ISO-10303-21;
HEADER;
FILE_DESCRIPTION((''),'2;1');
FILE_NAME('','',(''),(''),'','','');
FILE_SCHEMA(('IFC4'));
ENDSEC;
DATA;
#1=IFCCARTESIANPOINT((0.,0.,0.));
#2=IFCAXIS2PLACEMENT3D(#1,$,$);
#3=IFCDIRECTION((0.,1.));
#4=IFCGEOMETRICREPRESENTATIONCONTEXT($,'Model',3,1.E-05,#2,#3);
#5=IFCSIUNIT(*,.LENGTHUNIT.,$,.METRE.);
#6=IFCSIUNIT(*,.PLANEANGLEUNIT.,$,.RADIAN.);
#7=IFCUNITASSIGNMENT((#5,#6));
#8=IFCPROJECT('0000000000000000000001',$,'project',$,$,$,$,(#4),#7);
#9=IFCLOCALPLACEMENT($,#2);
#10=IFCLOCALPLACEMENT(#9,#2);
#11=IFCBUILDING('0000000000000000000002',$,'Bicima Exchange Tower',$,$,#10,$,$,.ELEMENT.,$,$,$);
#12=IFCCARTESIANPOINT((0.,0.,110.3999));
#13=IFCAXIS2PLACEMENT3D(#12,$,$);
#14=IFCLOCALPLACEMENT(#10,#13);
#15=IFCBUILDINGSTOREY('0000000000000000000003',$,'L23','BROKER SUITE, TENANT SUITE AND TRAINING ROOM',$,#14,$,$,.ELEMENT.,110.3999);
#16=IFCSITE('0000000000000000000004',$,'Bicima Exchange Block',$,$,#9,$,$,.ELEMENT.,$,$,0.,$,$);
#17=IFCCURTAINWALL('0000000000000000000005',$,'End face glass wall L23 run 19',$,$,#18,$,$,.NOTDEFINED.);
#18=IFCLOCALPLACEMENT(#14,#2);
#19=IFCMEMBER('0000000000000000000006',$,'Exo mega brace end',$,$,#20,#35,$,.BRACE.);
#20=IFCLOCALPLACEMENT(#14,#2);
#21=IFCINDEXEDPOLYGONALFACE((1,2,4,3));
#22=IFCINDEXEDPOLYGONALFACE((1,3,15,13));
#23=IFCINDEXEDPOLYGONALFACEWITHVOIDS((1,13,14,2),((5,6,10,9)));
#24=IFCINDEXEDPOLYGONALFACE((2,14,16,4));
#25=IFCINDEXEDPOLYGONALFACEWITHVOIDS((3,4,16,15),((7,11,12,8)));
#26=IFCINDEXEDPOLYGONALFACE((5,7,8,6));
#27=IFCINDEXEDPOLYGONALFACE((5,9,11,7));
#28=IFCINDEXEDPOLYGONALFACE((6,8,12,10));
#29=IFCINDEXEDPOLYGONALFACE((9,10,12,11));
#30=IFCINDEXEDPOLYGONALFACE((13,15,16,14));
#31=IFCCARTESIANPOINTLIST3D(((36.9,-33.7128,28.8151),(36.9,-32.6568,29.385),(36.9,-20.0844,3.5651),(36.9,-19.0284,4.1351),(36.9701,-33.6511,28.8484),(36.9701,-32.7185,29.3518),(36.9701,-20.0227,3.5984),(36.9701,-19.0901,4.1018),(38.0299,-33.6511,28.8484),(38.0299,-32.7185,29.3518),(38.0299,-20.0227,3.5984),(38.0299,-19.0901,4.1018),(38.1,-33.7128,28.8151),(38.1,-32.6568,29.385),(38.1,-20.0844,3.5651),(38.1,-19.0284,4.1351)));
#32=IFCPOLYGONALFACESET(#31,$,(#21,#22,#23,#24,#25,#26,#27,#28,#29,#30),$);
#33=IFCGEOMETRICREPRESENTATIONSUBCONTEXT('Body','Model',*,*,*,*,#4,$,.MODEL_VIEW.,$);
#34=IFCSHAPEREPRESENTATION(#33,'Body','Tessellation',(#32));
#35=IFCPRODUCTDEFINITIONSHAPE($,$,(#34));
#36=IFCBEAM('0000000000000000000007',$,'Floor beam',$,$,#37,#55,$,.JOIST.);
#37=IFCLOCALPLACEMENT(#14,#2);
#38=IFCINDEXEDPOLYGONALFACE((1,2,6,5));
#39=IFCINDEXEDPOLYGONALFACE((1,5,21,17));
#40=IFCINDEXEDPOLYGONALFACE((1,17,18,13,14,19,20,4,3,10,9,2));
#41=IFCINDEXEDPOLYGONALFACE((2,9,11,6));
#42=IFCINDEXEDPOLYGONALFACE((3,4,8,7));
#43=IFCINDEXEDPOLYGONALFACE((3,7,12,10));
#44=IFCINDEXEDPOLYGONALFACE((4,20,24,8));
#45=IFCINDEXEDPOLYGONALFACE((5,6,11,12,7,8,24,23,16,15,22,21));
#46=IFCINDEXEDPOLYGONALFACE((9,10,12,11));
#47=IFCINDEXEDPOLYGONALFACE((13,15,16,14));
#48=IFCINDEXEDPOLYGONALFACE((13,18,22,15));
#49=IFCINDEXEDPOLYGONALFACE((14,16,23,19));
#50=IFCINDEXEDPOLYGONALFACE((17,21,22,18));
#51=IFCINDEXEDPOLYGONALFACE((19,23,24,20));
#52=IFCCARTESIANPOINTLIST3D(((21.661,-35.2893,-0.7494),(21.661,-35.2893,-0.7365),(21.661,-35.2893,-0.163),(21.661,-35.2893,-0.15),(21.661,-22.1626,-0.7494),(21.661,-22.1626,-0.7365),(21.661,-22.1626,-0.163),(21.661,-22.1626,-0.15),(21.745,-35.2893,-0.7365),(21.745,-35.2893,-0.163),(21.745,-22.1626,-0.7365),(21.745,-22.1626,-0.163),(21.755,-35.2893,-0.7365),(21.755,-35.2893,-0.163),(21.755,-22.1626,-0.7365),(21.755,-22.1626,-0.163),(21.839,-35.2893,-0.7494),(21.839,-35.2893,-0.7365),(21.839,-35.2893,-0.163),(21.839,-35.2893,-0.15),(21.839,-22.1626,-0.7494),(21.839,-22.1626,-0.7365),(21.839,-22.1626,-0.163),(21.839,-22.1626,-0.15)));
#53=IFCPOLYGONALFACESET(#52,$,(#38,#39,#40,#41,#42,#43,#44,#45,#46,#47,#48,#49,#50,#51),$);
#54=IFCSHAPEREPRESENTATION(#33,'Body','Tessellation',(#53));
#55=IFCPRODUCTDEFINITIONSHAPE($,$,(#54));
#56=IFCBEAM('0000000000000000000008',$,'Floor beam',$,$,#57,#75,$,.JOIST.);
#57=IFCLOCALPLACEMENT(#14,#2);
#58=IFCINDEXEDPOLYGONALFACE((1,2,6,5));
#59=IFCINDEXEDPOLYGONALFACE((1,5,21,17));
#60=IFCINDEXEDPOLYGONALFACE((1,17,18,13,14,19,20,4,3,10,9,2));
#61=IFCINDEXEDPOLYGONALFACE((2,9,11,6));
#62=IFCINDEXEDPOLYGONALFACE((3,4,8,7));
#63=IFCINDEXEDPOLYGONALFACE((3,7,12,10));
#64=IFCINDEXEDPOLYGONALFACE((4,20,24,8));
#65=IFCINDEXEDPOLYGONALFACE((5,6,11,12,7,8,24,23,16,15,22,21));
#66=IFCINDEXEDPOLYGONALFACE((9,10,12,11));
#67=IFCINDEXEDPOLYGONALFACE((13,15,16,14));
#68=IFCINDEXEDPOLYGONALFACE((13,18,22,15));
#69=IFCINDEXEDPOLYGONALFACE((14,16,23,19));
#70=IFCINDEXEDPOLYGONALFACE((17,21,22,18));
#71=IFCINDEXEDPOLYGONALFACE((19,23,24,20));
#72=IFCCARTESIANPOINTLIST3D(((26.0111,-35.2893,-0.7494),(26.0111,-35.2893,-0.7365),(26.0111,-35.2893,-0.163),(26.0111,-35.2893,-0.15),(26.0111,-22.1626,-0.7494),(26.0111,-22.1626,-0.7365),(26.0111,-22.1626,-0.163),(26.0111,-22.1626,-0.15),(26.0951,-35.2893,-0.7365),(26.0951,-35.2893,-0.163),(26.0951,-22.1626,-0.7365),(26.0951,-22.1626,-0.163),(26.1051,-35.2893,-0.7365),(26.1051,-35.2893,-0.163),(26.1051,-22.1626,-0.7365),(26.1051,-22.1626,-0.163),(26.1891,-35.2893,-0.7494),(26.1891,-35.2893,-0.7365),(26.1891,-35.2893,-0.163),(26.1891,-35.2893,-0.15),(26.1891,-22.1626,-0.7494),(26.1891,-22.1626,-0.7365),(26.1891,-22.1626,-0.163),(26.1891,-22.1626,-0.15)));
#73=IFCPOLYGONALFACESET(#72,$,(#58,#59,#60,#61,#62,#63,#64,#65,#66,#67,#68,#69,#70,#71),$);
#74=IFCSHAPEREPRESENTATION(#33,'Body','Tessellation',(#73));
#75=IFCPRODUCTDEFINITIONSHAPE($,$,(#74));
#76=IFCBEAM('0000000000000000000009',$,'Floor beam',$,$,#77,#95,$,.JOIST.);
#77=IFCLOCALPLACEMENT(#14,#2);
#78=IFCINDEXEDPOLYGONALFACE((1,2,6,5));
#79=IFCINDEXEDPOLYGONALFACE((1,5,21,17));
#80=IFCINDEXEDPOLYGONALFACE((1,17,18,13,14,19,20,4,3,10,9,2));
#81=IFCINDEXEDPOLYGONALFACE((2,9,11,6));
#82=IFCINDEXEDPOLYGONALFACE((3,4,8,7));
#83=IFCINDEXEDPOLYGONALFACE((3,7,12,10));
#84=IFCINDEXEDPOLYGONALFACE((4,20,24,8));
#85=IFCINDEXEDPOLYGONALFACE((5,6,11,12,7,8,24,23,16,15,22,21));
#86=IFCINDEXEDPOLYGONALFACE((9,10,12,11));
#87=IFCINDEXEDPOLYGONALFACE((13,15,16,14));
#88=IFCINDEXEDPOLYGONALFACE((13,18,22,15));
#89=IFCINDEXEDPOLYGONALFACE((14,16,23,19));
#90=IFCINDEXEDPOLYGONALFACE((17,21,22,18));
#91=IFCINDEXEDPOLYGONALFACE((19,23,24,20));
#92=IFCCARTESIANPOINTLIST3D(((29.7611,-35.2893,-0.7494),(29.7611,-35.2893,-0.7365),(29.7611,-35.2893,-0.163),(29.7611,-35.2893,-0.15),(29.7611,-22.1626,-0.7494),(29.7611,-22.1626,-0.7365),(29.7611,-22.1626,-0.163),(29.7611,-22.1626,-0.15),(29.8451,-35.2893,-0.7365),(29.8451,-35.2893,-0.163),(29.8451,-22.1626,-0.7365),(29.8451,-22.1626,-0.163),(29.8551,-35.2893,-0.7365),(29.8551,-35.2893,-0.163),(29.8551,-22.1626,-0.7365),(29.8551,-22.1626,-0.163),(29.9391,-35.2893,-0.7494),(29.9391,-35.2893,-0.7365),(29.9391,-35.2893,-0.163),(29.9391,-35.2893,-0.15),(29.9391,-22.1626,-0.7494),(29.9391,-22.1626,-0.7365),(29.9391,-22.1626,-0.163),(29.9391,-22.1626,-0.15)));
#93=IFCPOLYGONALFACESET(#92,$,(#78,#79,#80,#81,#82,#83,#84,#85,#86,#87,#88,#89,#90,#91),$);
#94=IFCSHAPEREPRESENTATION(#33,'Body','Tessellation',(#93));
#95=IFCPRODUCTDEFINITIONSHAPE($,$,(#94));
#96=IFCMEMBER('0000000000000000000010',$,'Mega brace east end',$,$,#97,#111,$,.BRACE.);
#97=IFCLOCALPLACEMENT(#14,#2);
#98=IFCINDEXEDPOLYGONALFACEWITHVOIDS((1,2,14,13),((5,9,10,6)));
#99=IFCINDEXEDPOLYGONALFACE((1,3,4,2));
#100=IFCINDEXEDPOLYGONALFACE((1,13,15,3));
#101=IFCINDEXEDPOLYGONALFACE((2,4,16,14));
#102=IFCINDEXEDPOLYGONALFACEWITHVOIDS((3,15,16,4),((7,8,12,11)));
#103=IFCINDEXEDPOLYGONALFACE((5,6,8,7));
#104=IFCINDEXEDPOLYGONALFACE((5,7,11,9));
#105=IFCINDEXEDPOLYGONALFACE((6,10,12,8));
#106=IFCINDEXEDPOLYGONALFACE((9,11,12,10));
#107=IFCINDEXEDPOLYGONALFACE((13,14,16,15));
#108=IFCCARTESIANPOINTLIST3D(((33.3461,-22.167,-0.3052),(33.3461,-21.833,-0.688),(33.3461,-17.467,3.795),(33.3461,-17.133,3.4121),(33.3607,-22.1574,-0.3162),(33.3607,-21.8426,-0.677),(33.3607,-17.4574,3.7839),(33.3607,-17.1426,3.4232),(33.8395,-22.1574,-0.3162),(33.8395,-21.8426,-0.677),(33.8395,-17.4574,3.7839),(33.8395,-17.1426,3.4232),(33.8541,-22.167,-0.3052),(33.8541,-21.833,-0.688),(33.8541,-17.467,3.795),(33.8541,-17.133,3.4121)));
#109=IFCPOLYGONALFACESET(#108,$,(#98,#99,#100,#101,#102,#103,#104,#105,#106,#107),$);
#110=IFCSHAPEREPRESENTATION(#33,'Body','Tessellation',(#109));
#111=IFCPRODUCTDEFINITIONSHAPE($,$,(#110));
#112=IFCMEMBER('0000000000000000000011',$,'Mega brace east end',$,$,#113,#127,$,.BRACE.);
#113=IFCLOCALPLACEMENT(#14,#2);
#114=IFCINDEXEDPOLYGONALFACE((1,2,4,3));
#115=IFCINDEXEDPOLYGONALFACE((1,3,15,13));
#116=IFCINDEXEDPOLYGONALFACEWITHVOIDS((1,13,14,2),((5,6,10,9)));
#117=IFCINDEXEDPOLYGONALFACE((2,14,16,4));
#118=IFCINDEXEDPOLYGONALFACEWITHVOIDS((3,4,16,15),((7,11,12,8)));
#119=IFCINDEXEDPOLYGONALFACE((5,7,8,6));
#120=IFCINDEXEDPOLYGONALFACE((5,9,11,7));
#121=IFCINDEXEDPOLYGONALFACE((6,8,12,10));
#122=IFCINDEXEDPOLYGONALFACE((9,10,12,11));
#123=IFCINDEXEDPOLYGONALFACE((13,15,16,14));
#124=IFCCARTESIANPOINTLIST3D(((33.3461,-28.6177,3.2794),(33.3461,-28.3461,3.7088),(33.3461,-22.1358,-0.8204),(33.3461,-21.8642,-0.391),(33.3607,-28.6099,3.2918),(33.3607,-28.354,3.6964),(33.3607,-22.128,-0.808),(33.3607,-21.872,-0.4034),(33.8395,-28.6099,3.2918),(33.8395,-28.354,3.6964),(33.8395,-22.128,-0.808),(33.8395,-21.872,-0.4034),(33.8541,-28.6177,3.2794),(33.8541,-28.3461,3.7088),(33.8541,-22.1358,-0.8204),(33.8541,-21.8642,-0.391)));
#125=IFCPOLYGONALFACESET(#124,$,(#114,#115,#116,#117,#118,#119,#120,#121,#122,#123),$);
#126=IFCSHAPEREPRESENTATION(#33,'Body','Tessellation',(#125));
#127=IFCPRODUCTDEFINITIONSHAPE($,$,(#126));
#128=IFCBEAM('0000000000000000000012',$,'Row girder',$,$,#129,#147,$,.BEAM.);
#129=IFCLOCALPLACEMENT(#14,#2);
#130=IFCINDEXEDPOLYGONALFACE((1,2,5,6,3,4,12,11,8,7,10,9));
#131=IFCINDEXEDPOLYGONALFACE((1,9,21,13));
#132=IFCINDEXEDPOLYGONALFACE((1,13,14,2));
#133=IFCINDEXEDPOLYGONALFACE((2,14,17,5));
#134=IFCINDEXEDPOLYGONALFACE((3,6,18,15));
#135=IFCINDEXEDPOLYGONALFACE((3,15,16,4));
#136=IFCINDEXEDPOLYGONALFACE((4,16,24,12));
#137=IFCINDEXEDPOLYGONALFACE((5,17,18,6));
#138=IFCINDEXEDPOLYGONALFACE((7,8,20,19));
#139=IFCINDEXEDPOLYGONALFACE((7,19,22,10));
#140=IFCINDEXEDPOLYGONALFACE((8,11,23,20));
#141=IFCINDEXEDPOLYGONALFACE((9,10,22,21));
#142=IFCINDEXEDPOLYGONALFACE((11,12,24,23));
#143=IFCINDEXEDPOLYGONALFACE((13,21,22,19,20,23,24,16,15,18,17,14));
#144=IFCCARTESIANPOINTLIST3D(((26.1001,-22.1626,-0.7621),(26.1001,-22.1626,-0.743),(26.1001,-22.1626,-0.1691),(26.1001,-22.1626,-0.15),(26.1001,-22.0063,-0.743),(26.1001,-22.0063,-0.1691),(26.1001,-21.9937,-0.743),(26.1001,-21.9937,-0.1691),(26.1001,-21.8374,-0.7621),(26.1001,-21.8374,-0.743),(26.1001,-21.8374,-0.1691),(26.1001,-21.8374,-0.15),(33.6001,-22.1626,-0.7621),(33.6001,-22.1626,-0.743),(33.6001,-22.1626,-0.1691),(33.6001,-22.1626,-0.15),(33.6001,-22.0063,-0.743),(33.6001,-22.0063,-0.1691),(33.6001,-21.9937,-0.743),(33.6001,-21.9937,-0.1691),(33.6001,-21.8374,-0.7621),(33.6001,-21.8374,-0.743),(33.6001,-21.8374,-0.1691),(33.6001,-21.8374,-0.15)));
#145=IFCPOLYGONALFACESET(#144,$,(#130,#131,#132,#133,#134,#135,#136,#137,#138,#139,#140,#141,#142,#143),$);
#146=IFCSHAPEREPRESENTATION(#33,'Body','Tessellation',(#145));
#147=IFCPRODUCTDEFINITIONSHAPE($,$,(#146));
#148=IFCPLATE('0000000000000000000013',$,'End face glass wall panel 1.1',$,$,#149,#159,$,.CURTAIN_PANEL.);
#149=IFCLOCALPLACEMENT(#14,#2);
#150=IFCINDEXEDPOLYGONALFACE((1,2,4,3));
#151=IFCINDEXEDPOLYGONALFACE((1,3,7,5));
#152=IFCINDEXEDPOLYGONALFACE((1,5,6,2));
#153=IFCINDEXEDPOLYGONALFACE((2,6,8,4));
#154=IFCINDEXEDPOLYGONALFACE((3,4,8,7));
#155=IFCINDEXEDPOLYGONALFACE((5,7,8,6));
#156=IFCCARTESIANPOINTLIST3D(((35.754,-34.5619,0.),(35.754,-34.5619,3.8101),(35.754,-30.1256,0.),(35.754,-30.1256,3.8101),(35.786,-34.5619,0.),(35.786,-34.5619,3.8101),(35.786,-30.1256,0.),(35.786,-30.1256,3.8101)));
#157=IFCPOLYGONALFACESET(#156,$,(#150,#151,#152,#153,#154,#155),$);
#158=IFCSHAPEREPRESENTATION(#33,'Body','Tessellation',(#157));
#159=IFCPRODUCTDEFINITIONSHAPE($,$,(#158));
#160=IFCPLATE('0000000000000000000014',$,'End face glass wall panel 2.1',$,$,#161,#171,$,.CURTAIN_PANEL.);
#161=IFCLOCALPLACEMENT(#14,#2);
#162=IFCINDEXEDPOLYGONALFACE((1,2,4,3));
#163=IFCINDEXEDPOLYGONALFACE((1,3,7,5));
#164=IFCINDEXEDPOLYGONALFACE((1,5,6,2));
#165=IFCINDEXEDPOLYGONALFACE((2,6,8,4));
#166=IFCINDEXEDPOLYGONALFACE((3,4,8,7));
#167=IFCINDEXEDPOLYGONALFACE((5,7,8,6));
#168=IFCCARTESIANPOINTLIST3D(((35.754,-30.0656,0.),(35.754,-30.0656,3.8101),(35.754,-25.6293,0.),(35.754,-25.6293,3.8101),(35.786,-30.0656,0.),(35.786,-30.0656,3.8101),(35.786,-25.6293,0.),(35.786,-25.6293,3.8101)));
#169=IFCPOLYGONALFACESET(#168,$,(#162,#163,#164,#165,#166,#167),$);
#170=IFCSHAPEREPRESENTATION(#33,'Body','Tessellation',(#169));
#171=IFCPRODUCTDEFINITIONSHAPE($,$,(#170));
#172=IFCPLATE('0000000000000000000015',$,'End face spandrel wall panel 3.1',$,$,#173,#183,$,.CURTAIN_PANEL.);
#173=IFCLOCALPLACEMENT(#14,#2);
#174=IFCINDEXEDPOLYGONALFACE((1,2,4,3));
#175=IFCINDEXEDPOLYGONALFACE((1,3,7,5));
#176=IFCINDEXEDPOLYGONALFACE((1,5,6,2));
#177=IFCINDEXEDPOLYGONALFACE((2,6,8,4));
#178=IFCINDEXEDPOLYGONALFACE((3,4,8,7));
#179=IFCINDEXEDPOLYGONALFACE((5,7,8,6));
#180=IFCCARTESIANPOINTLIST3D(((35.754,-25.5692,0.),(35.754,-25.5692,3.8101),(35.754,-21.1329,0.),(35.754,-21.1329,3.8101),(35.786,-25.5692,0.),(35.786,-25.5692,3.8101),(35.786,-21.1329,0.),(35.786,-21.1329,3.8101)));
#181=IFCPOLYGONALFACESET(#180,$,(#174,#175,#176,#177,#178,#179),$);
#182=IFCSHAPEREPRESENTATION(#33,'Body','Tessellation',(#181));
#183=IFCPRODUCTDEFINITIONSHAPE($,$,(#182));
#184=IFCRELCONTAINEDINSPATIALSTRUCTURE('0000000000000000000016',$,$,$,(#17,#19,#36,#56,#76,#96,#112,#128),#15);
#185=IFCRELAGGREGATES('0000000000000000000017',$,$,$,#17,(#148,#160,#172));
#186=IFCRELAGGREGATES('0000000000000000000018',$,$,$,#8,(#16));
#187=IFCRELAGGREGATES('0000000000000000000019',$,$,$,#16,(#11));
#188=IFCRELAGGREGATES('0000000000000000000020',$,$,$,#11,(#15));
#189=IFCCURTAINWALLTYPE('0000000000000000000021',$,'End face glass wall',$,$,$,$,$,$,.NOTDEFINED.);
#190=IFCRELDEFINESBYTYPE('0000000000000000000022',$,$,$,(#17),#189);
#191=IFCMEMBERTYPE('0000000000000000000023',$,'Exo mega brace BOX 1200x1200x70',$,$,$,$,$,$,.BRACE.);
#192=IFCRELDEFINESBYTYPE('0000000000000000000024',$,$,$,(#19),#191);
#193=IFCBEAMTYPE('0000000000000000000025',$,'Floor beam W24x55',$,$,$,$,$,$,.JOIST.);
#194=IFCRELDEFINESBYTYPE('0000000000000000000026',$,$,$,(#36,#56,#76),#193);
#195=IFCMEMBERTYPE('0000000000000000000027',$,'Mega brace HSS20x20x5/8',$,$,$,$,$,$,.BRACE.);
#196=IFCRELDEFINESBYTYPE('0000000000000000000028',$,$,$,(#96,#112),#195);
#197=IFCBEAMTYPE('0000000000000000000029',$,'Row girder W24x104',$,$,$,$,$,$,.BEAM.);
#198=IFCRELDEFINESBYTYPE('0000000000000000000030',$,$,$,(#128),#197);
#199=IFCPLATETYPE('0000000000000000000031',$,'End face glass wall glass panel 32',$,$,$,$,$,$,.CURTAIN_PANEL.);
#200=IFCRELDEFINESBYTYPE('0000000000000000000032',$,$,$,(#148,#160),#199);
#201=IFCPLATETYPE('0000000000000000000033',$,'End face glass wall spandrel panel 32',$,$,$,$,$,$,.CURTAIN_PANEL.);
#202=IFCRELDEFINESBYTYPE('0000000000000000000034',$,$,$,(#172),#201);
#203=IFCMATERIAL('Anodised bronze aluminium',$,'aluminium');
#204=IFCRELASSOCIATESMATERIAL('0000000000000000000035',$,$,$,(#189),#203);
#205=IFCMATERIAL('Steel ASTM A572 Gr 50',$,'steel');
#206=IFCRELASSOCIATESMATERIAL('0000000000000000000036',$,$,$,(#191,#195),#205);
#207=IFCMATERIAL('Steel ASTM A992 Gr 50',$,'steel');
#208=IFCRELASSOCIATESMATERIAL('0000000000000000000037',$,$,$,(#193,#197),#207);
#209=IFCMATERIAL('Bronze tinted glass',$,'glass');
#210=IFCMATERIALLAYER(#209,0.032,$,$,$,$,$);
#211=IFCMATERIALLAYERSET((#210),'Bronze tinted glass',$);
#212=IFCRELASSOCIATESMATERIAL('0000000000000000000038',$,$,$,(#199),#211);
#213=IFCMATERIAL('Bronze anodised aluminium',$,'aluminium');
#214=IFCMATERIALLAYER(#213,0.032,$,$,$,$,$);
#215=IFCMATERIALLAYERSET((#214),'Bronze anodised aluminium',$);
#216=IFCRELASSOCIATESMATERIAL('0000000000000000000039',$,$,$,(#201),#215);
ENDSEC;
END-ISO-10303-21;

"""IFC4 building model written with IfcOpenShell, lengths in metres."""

from ifc_helpers import new_model, si_unit, direction, frame, origin, origin_2d, place, context, subcontext, project, spatial, rectangle, hollow_rectangle, i_section, extrude, material, layer, layer_set, material_profile, profile_set, type_object, element, aggregate, save


model = new_model("IFC4")

# Units and contexts
model_context = context("Model", 3, precision=1e-05, world=origin(), true_north=direction((0.0, 1.0)))
body_context = subcontext(model_context, "Body", "Model", "MODEL_VIEW")
ifc_project = project(units=[si_unit("LENGTHUNIT", "METRE"), si_unit("PLANEANGLEUNIT", "RADIAN")], contexts=[model_context])

# Site, building, storey
site_placement = place(None, origin())
site = spatial("IfcSite", under=ifc_project, at=site_placement, Name="Bicima Exchange Block", CompositionType="ELEMENT", RefElevation=0.0)
building_placement = place(site_placement, origin())
building = spatial("IfcBuilding", under=site, at=building_placement, Name="Bicima Exchange Tower", CompositionType="ELEMENT")
storey_placement = place(building_placement, frame((0.0, 0.0, 110.3999)))
storey = spatial("IfcBuildingStorey", under=building, at=storey_placement, Name="L23", Description="BROKER SUITE, TENANT SUITE AND TRAINING ROOM", CompositionType="ELEMENT", Elevation=110.3999)

# Shared definitions
ifc_material_1 = material(Name="Steel ASTM A992 Gr 50", Category="steel")

# Curtain wall
ifc_material_2 = material(Name="Anodised bronze aluminium", Category="aluminium")
curtain_wall_type = type_object("IfcCurtainWallType", Name="End face glass wall", PredefinedType="NOTDEFINED", material=ifc_material_2)
curtain_wall_placement = place(storey_placement, origin())
curtain_wall = element("IfcCurtainWall", 1, at=curtain_wall_placement, inside=storey, type_object=curtain_wall_type, Name="End face glass wall L23 run 19", PredefinedType="NOTDEFINED")

# Member
ifc_material_3 = material(Name="Steel ASTM A572 Gr 50", Category="steel")
ifc_material_profile_1 = material_profile(ifc_material_3, hollow_rectangle(XDim=1.2, YDim=1.2, WallThickness=0.0701, at=origin_2d()))
ifc_profile_set_1 = profile_set([ifc_material_profile_1], Name="Steel ASTM A572 Gr 50")
member_type_1 = type_object("IfcMemberType", Name="Exo mega brace BOX 1200x1200x70", PredefinedType="BRACE", material=ifc_profile_set_1)
member_1_placement = place(storey_placement, frame((37.5, -19.5564, 3.8501), z_axis=(0.0, -0.474971, 0.880001), x_axis=(1.0, 0.0, 0.0)))
element("IfcMember", 2, at=member_1_placement, inside=storey, type_object=member_type_1, Name="Exo mega brace end", PredefinedType="BRACE", context=body_context, shape_type="SweptSolid", body=[
    extrude(hollow_rectangle(XDim=1.2, YDim=1.2, WallThickness=0.0701, at=origin_2d()), origin(), (0.0, 0.0, 1.0), 28.6931),
])

# Beams
ifc_material_profile_2 = material_profile(ifc_material_1, i_section(OverallWidth=0.178, OverallDepth=0.5994, WebThickness=0.01, FlangeThickness=0.0129, at=origin_2d()))
ifc_profile_set_2 = profile_set([ifc_material_profile_2], Name="Steel ASTM A992 Gr 50")
beam_type_1 = type_object("IfcBeamType", Name="Floor beam W24x55", PredefinedType="JOIST", material=ifc_profile_set_2)
for number, where, z_axis, x_axis, name in (
    (3, (21.75, -22.1626, -0.4497), (0.0, -1.0, 0.0), (1.0, 0.0, 0.0), "Floor beam"),
    (4, (26.1001, -22.1626, -0.4497), (0.0, -1.0, 0.0), (1.0, 0.0, 0.0), "Floor beam"),
    (5, (29.8501, -22.1626, -0.4497), (0.0, -1.0, 0.0), (1.0, 0.0, 0.0), "Floor beam"),
):
    element("IfcBeam", number, at=place(storey_placement, frame(where, z_axis=z_axis, x_axis=x_axis)), inside=storey, type_object=beam_type_1, Name=name, PredefinedType="JOIST", context=body_context, shape_type="SweptSolid", body=[
        extrude(i_section(OverallWidth=0.178, OverallDepth=0.5994, WebThickness=0.01, FlangeThickness=0.0129, at=origin_2d()), origin(), (0.0, 0.0, 1.0), 13.1267),
    ])

# Members
ifc_material_profile_3 = material_profile(ifc_material_3, hollow_rectangle(XDim=0.5081, YDim=0.5081, WallThickness=0.0146, at=origin_2d()))
ifc_profile_set_3 = profile_set([ifc_material_profile_3], Name="Steel ASTM A572 Gr 50")
member_type_2 = type_object("IfcMemberType", Name="Mega brace HSS20x20x5/8", PredefinedType="BRACE", material=ifc_profile_set_3)
member_2_placement = place(storey_placement, frame((33.6001, -22.0, -0.4966), z_axis=(0.0, 0.753558, 0.657382), x_axis=(-1.0, 0.0, 0.0)))
element("IfcMember", 6, at=member_2_placement, inside=storey, type_object=member_type_2, Name="Mega brace east end", PredefinedType="BRACE", context=body_context, shape_type="SweptSolid", body=[
    extrude(hollow_rectangle(XDim=0.5081, YDim=0.5081, WallThickness=0.0146, at=origin_2d()), origin(), (0.0, 0.0, 1.0), 6.2371),
])
member_3_placement = place(storey_placement, frame((33.6001, -22.0, -0.6057), z_axis=(0.0, -0.845135, 0.534552), x_axis=(1.0, 0.0, 0.0)))
element("IfcMember", 7, at=member_3_placement, inside=storey, type_object=member_type_2, Name="Mega brace east end", PredefinedType="BRACE", context=body_context, shape_type="SweptSolid", body=[
    extrude(hollow_rectangle(XDim=0.5081, YDim=0.5081, WallThickness=0.0146, at=origin_2d()), origin(), (0.0, 0.0, 1.0), 7.6697),
])

# Beam
ifc_material_profile_4 = material_profile(ifc_material_1, i_section(OverallWidth=0.3252, OverallDepth=0.6121, WebThickness=0.0127, FlangeThickness=0.019, at=origin_2d()))
ifc_profile_set_4 = profile_set([ifc_material_profile_4], Name="Steel ASTM A992 Gr 50")
beam_type_2 = type_object("IfcBeamType", Name="Row girder W24x104", PredefinedType="BEAM", material=ifc_profile_set_4)
beam_1_placement = place(storey_placement, frame((26.1001, -22.0, -0.4561), z_axis=(1.0, 0.0, 0.0), x_axis=(0.0, 1.0, 0.0)))
element("IfcBeam", 8, at=beam_1_placement, inside=storey, type_object=beam_type_2, Name="Row girder", PredefinedType="BEAM", context=body_context, shape_type="SweptSolid", body=[
    extrude(i_section(OverallWidth=0.3252, OverallDepth=0.6121, WebThickness=0.0127, FlangeThickness=0.019, at=origin_2d()), origin(), (0.0, 0.0, 1.0), 7.5),
])

# Plates
ifc_material_4 = material(Name="Bronze tinted glass", Category="glass")
ifc_layer_1 = layer(ifc_material_4, 0.032)
ifc_layer_set_1 = layer_set([ifc_layer_1], Name="Bronze tinted glass")
plate_type_1 = type_object("IfcPlateType", Name="End face glass wall glass panel 32", PredefinedType="CURTAIN_PANEL", material=ifc_layer_set_1)
plate_1_placement = place(storey_placement, frame((35.77, -32.3438, 0.0), z_axis=(0.0, 0.0, 1.0), x_axis=(0.0, 1.0, 0.0)))
plate_1 = element("IfcPlate", 9, at=plate_1_placement, type_object=plate_type_1, Name="End face glass wall panel 1.1", PredefinedType="CURTAIN_PANEL", context=body_context, shape_type="SweptSolid", body=[
    extrude(rectangle(XDim=4.4363, YDim=0.032, at=origin_2d()), origin(), (0.0, 0.0, 1.0), 3.8101),
])
plate_2_placement = place(storey_placement, frame((35.77, -27.8474, 0.0), z_axis=(0.0, 0.0, 1.0), x_axis=(0.0, 1.0, 0.0)))
plate_2 = element("IfcPlate", 10, at=plate_2_placement, type_object=plate_type_1, Name="End face glass wall panel 2.1", PredefinedType="CURTAIN_PANEL", context=body_context, shape_type="SweptSolid", body=[
    extrude(rectangle(XDim=4.4363, YDim=0.032, at=origin_2d()), origin(), (0.0, 0.0, 1.0), 3.8101),
])
ifc_material_5 = material(Name="Bronze anodised aluminium", Category="aluminium")
ifc_layer_2 = layer(ifc_material_5, 0.032)
ifc_layer_set_2 = layer_set([ifc_layer_2], Name="Bronze anodised aluminium")
plate_type_2 = type_object("IfcPlateType", Name="End face glass wall spandrel panel 32", PredefinedType="CURTAIN_PANEL", material=ifc_layer_set_2)
plate_3_placement = place(storey_placement, frame((35.77, -23.3511, 0.0), z_axis=(0.0, 0.0, 1.0), x_axis=(0.0, 1.0, 0.0)))
plate_3 = element("IfcPlate", 11, at=plate_3_placement, type_object=plate_type_2, Name="End face spandrel wall panel 3.1", PredefinedType="CURTAIN_PANEL", context=body_context, shape_type="SweptSolid", body=[
    extrude(rectangle(XDim=4.4363, YDim=0.032, at=origin_2d()), origin(), (0.0, 0.0, 1.0), 3.8101),
])
aggregate(curtain_wall, [plate_1, plate_2, plate_3])

save(model, "model.ifc")
